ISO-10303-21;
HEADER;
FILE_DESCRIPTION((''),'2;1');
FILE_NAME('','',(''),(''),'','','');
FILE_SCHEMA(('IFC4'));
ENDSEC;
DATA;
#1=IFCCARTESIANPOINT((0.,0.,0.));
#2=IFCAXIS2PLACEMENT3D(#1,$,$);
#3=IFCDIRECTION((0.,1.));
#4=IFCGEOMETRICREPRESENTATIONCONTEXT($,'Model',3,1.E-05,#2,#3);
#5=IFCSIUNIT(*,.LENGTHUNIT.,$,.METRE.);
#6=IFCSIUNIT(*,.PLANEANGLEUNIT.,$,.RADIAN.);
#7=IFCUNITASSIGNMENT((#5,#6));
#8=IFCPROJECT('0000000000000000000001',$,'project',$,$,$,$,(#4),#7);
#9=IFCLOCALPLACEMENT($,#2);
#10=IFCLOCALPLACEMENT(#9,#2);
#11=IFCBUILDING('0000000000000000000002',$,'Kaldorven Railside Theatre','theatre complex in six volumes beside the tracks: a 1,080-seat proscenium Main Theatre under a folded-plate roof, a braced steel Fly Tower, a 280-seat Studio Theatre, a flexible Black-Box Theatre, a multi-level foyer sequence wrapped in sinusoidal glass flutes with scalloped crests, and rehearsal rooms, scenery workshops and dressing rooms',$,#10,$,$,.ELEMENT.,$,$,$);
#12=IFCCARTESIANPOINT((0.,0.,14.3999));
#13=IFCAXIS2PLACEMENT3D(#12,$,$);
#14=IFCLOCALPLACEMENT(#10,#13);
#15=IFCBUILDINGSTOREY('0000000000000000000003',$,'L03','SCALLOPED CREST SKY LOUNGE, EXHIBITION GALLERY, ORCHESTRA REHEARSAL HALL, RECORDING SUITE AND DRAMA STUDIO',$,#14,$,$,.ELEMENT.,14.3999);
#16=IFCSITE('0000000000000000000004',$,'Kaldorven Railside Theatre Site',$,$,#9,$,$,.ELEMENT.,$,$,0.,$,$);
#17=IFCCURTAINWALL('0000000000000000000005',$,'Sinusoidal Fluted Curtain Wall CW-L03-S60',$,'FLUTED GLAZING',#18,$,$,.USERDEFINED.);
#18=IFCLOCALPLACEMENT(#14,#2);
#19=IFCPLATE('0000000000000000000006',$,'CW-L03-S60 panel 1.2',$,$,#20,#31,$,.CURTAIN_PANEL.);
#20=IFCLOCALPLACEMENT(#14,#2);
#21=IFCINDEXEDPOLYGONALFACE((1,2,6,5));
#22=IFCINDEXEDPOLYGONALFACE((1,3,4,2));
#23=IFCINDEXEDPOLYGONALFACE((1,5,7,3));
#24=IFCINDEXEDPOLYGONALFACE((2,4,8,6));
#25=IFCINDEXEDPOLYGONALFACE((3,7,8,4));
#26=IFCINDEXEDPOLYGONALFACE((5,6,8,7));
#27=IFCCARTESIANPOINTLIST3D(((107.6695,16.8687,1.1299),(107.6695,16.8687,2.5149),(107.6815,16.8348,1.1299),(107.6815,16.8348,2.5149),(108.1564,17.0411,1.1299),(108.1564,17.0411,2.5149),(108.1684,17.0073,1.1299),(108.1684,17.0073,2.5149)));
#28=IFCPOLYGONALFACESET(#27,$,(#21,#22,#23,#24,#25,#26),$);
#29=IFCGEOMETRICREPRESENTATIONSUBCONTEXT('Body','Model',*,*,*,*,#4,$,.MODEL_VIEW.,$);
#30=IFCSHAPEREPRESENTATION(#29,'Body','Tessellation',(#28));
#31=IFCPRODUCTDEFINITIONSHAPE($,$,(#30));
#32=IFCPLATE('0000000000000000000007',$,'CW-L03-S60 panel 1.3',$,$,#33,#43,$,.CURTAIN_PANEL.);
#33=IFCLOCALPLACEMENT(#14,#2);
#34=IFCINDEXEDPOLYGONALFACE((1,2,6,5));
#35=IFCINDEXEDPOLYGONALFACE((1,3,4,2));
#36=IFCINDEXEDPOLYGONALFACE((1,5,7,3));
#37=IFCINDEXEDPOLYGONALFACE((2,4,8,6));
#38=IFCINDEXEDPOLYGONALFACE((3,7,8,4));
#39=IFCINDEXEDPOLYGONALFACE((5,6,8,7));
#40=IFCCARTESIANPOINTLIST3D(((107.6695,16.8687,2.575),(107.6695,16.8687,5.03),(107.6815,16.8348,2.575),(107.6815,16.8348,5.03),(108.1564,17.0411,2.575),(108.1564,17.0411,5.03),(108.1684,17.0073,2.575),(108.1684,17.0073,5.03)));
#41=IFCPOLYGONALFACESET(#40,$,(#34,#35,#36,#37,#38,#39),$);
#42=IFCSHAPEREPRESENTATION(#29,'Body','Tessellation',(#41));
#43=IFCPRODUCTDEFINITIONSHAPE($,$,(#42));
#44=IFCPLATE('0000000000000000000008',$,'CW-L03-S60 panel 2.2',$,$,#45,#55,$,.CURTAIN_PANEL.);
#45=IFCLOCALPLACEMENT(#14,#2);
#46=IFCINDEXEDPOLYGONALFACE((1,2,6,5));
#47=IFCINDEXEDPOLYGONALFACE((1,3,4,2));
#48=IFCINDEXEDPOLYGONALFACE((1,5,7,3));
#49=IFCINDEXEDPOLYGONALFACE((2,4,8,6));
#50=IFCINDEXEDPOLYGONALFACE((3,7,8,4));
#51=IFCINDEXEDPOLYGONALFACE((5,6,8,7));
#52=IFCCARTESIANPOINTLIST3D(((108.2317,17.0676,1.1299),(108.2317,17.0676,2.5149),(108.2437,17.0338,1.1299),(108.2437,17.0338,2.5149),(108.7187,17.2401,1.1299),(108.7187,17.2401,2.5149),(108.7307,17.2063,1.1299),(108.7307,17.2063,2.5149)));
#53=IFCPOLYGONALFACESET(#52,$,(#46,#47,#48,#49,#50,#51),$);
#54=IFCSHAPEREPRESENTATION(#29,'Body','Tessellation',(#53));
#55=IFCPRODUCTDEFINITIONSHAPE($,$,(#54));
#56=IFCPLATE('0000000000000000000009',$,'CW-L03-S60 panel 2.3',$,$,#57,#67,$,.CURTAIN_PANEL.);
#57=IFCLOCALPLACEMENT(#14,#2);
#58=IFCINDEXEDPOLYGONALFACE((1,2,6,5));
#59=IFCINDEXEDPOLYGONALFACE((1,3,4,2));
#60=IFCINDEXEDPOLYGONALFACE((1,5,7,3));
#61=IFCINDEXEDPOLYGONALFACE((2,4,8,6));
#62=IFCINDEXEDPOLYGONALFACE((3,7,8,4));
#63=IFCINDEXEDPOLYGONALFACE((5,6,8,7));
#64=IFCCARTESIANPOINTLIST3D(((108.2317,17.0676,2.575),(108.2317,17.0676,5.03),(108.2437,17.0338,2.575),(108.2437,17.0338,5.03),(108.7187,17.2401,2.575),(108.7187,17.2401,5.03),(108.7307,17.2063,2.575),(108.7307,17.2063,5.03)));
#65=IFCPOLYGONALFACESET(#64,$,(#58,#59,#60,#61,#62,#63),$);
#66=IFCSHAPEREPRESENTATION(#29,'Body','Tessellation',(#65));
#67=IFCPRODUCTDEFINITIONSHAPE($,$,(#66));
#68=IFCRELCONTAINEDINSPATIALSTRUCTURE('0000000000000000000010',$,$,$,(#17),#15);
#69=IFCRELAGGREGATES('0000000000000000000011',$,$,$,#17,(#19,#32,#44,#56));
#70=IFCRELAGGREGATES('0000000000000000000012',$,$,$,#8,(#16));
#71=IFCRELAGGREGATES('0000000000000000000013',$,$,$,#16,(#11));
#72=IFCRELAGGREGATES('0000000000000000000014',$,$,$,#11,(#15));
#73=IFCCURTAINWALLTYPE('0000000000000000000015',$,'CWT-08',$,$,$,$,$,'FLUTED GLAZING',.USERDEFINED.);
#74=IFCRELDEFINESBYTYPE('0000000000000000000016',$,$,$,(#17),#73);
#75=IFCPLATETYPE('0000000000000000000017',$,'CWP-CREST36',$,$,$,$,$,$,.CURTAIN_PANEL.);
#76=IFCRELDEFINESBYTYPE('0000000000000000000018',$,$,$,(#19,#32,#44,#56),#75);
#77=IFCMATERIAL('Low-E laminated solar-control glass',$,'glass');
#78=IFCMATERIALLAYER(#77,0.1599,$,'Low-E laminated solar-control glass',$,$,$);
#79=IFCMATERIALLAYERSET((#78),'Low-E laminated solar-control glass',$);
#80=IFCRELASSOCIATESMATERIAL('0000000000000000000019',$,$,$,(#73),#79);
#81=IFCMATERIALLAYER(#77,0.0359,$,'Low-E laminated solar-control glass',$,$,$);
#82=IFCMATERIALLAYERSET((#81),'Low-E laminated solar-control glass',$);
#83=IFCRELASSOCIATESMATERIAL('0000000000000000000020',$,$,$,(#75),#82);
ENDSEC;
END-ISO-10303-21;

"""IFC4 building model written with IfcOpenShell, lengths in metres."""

from ifc_helpers import new_model, si_unit, direction, frame, origin, origin_2d, place, context, subcontext, project, spatial, rectangle, extrude, material, layer, layer_set, type_object, element, aggregate, save


model = new_model("IFC4")

# Units and contexts
model_context = context("Model", 3, precision=1e-05, world=origin(), true_north=direction((0.0, 1.0)))
body_context = subcontext(model_context, "Body", "Model", "MODEL_VIEW")
ifc_project = project(units=[si_unit("LENGTHUNIT", "METRE"), si_unit("PLANEANGLEUNIT", "RADIAN")], contexts=[model_context])

# Site, building, storey
site_placement = place(None, origin())
site = spatial("IfcSite", under=ifc_project, at=site_placement, Name="Kaldorven Railside Theatre Site", CompositionType="ELEMENT", RefElevation=0.0)
building_placement = place(site_placement, origin())
building = spatial("IfcBuilding", under=site, at=building_placement, Name="Kaldorven Railside Theatre", Description="theatre complex in six volumes beside the tracks: a 1,080-seat proscenium Main Theatre under a folded-plate roof, a braced steel Fly Tower, a 280-seat Studio Theatre, a flexible Black-Box Theatre, a multi-level foyer sequence wrapped in sinusoidal glass flutes with scalloped crests, and rehearsal rooms, scenery workshops and dressing rooms", CompositionType="ELEMENT")
storey_placement = place(building_placement, frame((0.0, 0.0, 14.3999)))
storey = spatial("IfcBuildingStorey", under=building, at=storey_placement, Name="L03", Description="SCALLOPED CREST SKY LOUNGE, EXHIBITION GALLERY, ORCHESTRA REHEARSAL HALL, RECORDING SUITE AND DRAMA STUDIO", CompositionType="ELEMENT", Elevation=14.3999)

# Curtain wall
ifc_material_1 = material(Name="Low-E laminated solar-control glass", Category="glass")
ifc_layer_1 = layer(ifc_material_1, 0.1599, Name="Low-E laminated solar-control glass")
ifc_layer_set_1 = layer_set([ifc_layer_1], Name="Low-E laminated solar-control glass")
curtain_wall_type_1 = type_object("IfcCurtainWallType", Name="CWT-08", ElementType="FLUTED GLAZING", PredefinedType="USERDEFINED", material=ifc_layer_set_1)
curtain_wall_1_placement = place(storey_placement, origin())
curtain_wall_1 = element("IfcCurtainWall", 1, at=curtain_wall_1_placement, inside=storey, type_object=curtain_wall_type_1, Name="Sinusoidal Fluted Curtain Wall CW-L03-S60", ObjectType="FLUTED GLAZING", PredefinedType="USERDEFINED")

# Plates
ifc_layer_2 = layer(ifc_material_1, 0.0359, Name="Low-E laminated solar-control glass")
ifc_layer_set_2 = layer_set([ifc_layer_2], Name="Low-E laminated solar-control glass")
plate_type = type_object("IfcPlateType", Name="CWP-CREST36", PredefinedType="CURTAIN_PANEL", material=ifc_layer_set_2)
plate_1_placement = place(storey_placement, frame((107.9189, 16.938, 1.1299), z_axis=(0.0, 0.0, 1.0), x_axis=(0.942627, 0.333847, 0.0)))
plate_1 = element("IfcPlate", 2, at=plate_1_placement, type_object=plate_type, Name="CW-L03-S60 panel 1.2", PredefinedType="CURTAIN_PANEL", context=body_context, shape_type="SweptSolid", body=[
    extrude(rectangle(XDim=0.5166, YDim=0.0359, at=origin_2d()), origin(), (0.0, 0.0, 1.0), 1.385),
])
plate_2_placement = place(storey_placement, frame((107.9189, 16.938, 2.575), z_axis=(0.0, 0.0, 1.0), x_axis=(0.942627, 0.333847, 0.0)))
plate_2 = element("IfcPlate", 3, at=plate_2_placement, type_object=plate_type, Name="CW-L03-S60 panel 1.3", PredefinedType="CURTAIN_PANEL", context=body_context, shape_type="SweptSolid", body=[
    extrude(rectangle(XDim=0.5166, YDim=0.0359, at=origin_2d()), origin(), (0.0, 0.0, 1.0), 2.4551),
])
plate_3_placement = place(storey_placement, frame((108.4812, 17.137, 1.1299), z_axis=(0.0, 0.0, 1.0), x_axis=(0.942627, 0.333847, 0.0)))
plate_3 = element("IfcPlate", 4, at=plate_3_placement, type_object=plate_type, Name="CW-L03-S60 panel 2.2", PredefinedType="CURTAIN_PANEL", context=body_context, shape_type="SweptSolid", body=[
    extrude(rectangle(XDim=0.5166, YDim=0.0359, at=origin_2d()), origin(), (0.0, 0.0, 1.0), 1.385),
])
plate_4_placement = place(storey_placement, frame((108.4812, 17.137, 2.575), z_axis=(0.0, 0.0, 1.0), x_axis=(0.942627, 0.333847, 0.0)))
plate_4 = element("IfcPlate", 5, at=plate_4_placement, type_object=plate_type, Name="CW-L03-S60 panel 2.3", PredefinedType="CURTAIN_PANEL", context=body_context, shape_type="SweptSolid", body=[
    extrude(rectangle(XDim=0.5166, YDim=0.0359, at=origin_2d()), origin(), (0.0, 0.0, 1.0), 2.4551),
])
aggregate(curtain_wall_1, [plate_1, plate_2, plate_3, plate_4])

save(model, "model.ifc")
